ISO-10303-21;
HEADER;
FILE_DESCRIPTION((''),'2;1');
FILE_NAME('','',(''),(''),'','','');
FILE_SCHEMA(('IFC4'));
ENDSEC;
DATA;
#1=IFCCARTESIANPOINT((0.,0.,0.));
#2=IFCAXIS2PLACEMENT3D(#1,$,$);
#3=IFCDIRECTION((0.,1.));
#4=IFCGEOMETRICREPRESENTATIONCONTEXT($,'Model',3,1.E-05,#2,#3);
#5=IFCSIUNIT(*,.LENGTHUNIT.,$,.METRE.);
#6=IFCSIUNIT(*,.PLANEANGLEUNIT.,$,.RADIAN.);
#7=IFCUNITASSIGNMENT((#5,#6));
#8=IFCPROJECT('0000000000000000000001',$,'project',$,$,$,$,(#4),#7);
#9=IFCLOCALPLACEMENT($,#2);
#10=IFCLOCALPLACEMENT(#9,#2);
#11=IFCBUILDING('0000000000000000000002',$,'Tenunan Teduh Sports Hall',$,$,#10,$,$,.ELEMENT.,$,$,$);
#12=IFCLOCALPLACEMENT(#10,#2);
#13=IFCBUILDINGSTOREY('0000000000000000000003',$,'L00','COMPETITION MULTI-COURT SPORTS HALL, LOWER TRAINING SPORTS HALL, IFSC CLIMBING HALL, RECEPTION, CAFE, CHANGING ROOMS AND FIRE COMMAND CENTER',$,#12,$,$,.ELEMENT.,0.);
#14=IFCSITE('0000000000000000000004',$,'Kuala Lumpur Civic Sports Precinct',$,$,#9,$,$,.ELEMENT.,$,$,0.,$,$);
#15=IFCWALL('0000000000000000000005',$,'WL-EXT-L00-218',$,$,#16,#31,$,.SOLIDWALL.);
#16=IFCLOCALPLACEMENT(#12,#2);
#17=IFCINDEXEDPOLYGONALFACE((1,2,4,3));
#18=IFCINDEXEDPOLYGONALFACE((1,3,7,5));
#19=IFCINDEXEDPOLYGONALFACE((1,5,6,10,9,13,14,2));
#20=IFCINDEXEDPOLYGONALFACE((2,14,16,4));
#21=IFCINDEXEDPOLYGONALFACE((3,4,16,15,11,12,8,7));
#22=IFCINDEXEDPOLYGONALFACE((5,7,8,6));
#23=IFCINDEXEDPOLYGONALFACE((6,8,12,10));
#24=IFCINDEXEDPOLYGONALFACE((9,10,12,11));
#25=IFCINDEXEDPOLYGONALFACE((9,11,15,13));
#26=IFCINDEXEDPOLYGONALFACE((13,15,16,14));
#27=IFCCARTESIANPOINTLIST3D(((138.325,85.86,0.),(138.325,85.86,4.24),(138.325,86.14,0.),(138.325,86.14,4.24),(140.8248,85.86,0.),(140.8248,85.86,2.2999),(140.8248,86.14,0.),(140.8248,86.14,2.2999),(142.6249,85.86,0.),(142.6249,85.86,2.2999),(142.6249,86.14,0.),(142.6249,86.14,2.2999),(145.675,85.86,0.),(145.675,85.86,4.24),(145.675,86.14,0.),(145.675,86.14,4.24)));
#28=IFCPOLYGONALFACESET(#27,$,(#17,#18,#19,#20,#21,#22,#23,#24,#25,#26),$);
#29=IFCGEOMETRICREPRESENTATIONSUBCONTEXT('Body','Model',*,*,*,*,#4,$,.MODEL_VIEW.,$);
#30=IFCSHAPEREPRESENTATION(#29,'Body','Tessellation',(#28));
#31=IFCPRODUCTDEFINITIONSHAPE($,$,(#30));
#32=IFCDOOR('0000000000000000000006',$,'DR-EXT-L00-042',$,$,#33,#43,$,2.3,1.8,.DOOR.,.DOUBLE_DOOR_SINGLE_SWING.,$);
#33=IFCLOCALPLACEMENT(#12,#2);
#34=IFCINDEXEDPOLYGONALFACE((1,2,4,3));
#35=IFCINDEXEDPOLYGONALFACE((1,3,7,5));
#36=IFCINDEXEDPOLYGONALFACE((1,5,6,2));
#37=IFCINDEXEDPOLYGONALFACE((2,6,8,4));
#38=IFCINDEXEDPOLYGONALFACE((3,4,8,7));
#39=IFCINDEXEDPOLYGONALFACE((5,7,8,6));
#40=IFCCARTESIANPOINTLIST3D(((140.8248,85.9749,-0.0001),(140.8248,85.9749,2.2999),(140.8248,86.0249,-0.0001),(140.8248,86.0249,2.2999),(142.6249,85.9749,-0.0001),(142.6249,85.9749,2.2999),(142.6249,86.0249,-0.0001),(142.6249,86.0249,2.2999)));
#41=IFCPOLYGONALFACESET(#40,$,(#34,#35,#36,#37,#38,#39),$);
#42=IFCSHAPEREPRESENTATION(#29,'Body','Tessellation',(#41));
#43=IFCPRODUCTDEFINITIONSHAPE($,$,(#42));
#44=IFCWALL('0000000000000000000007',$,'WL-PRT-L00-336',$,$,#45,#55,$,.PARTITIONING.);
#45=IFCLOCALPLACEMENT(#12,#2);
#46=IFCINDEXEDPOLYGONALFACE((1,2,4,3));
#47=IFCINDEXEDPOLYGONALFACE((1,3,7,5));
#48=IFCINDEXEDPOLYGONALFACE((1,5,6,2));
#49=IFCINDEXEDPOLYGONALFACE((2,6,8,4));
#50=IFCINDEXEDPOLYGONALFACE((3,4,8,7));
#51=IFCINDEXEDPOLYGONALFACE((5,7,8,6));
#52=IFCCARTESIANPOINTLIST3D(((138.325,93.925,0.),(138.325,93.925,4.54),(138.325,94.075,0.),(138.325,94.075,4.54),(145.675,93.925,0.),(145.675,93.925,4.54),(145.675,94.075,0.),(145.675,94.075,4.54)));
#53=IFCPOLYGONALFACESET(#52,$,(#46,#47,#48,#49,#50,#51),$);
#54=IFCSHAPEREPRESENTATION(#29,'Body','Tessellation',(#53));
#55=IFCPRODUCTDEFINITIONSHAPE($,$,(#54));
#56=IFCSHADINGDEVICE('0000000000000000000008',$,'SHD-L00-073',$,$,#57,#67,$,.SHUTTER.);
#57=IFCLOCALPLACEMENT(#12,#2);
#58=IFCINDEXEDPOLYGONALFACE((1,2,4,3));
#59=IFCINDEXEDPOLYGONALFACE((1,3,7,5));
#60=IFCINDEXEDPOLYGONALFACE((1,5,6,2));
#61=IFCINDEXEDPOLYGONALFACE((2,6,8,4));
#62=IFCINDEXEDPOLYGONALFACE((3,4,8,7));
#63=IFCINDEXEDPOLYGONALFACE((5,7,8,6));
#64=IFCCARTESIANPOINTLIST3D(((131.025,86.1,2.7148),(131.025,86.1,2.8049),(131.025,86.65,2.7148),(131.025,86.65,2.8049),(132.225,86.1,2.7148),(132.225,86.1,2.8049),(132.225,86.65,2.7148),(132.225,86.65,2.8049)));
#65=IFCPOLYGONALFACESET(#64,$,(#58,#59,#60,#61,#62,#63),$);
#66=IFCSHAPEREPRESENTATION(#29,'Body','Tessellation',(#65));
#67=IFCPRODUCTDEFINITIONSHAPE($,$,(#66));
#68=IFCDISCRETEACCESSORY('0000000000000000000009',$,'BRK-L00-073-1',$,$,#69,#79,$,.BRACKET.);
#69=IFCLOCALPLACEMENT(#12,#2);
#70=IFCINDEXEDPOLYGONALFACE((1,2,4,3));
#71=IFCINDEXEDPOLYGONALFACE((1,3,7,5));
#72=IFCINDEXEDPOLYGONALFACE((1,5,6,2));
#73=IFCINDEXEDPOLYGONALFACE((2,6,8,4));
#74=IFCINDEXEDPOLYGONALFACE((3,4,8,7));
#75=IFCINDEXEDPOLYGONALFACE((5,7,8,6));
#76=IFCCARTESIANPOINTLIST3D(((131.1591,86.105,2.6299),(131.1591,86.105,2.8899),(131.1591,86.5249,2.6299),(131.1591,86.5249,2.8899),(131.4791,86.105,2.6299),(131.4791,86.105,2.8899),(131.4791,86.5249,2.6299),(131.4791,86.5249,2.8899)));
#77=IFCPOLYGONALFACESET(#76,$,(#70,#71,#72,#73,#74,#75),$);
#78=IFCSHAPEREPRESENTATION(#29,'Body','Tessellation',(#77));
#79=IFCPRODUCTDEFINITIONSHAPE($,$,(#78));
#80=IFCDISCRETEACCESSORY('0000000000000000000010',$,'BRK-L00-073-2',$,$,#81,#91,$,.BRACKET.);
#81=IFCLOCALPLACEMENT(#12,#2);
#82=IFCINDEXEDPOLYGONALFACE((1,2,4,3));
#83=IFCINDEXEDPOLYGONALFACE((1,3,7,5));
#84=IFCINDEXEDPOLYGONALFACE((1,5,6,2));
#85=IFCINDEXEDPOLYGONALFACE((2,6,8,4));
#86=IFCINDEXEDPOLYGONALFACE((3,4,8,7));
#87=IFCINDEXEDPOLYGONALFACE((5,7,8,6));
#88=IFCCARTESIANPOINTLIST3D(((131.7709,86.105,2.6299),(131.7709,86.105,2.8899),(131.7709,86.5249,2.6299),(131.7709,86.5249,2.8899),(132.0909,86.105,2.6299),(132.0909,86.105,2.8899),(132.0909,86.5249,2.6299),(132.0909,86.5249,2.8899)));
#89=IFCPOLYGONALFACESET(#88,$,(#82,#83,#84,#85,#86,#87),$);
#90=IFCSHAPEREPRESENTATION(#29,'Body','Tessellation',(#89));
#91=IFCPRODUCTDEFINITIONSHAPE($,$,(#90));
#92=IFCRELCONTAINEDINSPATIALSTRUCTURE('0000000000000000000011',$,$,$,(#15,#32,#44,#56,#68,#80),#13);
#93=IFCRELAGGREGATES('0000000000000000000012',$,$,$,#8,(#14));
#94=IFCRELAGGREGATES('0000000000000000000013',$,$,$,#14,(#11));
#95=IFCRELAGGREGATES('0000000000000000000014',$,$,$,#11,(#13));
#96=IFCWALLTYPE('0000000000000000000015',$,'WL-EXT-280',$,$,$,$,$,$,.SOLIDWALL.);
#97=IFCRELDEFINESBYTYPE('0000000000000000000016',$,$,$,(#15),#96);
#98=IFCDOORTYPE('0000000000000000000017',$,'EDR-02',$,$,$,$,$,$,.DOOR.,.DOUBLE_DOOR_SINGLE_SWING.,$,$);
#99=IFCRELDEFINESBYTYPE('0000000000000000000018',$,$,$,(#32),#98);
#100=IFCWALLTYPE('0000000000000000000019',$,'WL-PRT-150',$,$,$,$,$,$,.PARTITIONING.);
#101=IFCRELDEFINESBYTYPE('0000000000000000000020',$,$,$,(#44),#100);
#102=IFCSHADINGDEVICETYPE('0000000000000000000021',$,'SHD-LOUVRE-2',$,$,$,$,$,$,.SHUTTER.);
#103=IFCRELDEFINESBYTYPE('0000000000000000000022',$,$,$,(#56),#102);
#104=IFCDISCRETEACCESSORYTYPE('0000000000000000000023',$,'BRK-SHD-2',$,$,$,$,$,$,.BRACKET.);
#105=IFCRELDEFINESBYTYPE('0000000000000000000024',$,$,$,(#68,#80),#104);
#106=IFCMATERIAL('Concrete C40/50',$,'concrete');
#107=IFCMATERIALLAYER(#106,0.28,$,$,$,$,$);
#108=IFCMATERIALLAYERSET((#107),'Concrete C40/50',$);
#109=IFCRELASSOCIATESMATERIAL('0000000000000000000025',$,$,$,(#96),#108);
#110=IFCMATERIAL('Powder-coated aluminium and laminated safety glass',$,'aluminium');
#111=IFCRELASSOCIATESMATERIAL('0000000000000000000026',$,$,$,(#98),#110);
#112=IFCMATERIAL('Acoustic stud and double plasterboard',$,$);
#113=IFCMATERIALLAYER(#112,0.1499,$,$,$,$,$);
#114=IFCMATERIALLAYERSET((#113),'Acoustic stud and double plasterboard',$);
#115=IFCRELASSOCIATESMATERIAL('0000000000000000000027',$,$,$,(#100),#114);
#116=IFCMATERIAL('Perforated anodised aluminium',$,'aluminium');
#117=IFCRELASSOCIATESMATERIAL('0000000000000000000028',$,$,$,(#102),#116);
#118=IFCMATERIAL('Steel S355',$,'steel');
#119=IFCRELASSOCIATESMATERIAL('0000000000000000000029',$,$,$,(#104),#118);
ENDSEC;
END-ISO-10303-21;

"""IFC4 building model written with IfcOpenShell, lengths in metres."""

from ifc_helpers import new_model, si_unit, direction, frame, frame_2d, origin, origin_2d, place, context, subcontext, project, spatial, rectangle, extrude, material, layer, layer_set, type_object, element, fill, save


model = new_model("IFC4")

# Units and contexts
model_context = context("Model", 3, precision=1e-05, world=origin(), true_north=direction((0.0, 1.0)))
body_context = subcontext(model_context, "Body", "Model", "MODEL_VIEW")
ifc_project = project(units=[si_unit("LENGTHUNIT", "METRE"), si_unit("PLANEANGLEUNIT", "RADIAN")], contexts=[model_context])

# Site, building, storey
site_placement = place(None, origin())
site = spatial("IfcSite", under=ifc_project, at=site_placement, Name="Kuala Lumpur Civic Sports Precinct", CompositionType="ELEMENT", RefElevation=0.0)
building_placement = place(site_placement, origin())
building = spatial("IfcBuilding", under=site, at=building_placement, Name="Tenunan Teduh Sports Hall", CompositionType="ELEMENT")
storey_placement = place(building_placement, origin())
storey = spatial("IfcBuildingStorey", under=building, at=storey_placement, Name="L00", Description="COMPETITION MULTI-COURT SPORTS HALL, LOWER TRAINING SPORTS HALL, IFSC CLIMBING HALL, RECEPTION, CAFE, CHANGING ROOMS AND FIRE COMMAND CENTER", CompositionType="ELEMENT", Elevation=0.0)

# Wall, opening, door
ifc_material_1 = material(Name="Concrete C40/50", Category="concrete")
ifc_layer_1 = layer(ifc_material_1, 0.28)
ifc_layer_set_1 = layer_set([ifc_layer_1], Name="Concrete C40/50")
wall_type_1 = type_object("IfcWallType", Name="WL-EXT-280", PredefinedType="SOLIDWALL", material=ifc_layer_set_1)
wall_1_placement = place(storey_placement, frame((138.325, 86.0, 0.0), z_axis=(0.0, 0.0, 1.0), x_axis=(1.0, 0.0, 0.0)))
wall_1 = element("IfcWall", 1, at=wall_1_placement, inside=storey, type_object=wall_type_1, Name="WL-EXT-L00-218", PredefinedType="SOLIDWALL", context=body_context, shape_type="SweptSolid", body=[
    extrude(rectangle(XDim=7.3501, YDim=0.28, at=frame_2d((3.675, 0.0))), origin(), (0.0, 0.0, 1.0), 4.24),
])
opening_placement = place(wall_1_placement, frame((2.5, 0.0, 0.0)))
opening = element("IfcOpeningElement", 2, at=opening_placement, cuts=wall_1, PredefinedType="OPENING", context=body_context, shape_type="SweptSolid", body=[
    extrude(rectangle(XDim=1.8, YDim=2.3, at=frame_2d((0.8999, 1.1499))), frame((0.0, 0.1499, 0.0), z_axis=(0.0, -1.0, 0.0), x_axis=(1.0, 0.0, 0.0)), (0.0, 0.0, 1.0), 0.3),
])
ifc_material_2 = material(Name="Powder-coated aluminium and laminated safety glass", Category="aluminium")
door_type = type_object("IfcDoorType", Name="EDR-02", OperationType="DOUBLE_DOOR_SINGLE_SWING", PredefinedType="DOOR", material=ifc_material_2)
door_placement = place(opening_placement, origin())
door = element("IfcDoor", 3, at=door_placement, inside=storey, type_object=door_type, Name="DR-EXT-L00-042", OperationType="DOUBLE_DOOR_SINGLE_SWING", OverallHeight=2.3, OverallWidth=1.8, PredefinedType="DOOR", context=body_context, shape_type="SweptSolid", body=[
    extrude(rectangle(XDim=1.8, YDim=2.3, at=frame_2d((0.8999, 1.1499))), frame((0.0, 0.0249, 0.0), z_axis=(0.0, -1.0, 0.0), x_axis=(1.0, 0.0, 0.0)), (0.0, 0.0, 1.0), 0.05),
])
fill(opening, door)

# Wall
ifc_material_3 = material(Name="Acoustic stud and double plasterboard")
ifc_layer_2 = layer(ifc_material_3, 0.1499)
ifc_layer_set_2 = layer_set([ifc_layer_2], Name="Acoustic stud and double plasterboard")
wall_type_2 = type_object("IfcWallType", Name="WL-PRT-150", PredefinedType="PARTITIONING", material=ifc_layer_set_2)
wall_2_placement = place(storey_placement, frame((138.325, 94.0, 0.0), z_axis=(0.0, 0.0, 1.0), x_axis=(1.0, 0.0, 0.0)))
element("IfcWall", 4, at=wall_2_placement, inside=storey, type_object=wall_type_2, Name="WL-PRT-L00-336", PredefinedType="PARTITIONING", context=body_context, shape_type="SweptSolid", body=[
    extrude(rectangle(XDim=7.3501, YDim=0.1499, at=frame_2d((3.675, 0.0))), origin(), (0.0, 0.0, 1.0), 4.54),
])

# Shading device
ifc_material_4 = material(Name="Perforated anodised aluminium", Category="aluminium")
shading_device_type = type_object("IfcShadingDeviceType", Name="SHD-LOUVRE-2", PredefinedType="SHUTTER", material=ifc_material_4)
shading_device_placement = place(storey_placement, frame((131.625, 86.375, 2.7148), z_axis=(0.0, 0.0, 1.0), x_axis=(1.0, 0.0, 0.0)))
element("IfcShadingDevice", 5, at=shading_device_placement, inside=storey, type_object=shading_device_type, Name="SHD-L00-073", PredefinedType="SHUTTER", context=body_context, shape_type="SweptSolid", body=[
    extrude(rectangle(XDim=1.2, YDim=0.55, at=origin_2d()), origin(), (0.0, 0.0, 1.0), 0.0901),
])

# Discrete accessories
ifc_material_5 = material(Name="Steel S355", Category="steel")
discrete_accessory_type = type_object("IfcDiscreteAccessoryType", Name="BRK-SHD-2", PredefinedType="BRACKET", material=ifc_material_5)
for number, where, z_axis, x_axis, name in (
    (6, (131.3191, 86.3149, 2.6299), (0.0, 0.0, 1.0), (1.0, 0.0, 0.0), "BRK-L00-073-1"),
    (7, (131.9309, 86.3149, 2.6299), (0.0, 0.0, 1.0), (1.0, 0.0, 0.0), "BRK-L00-073-2"),
):
    element("IfcDiscreteAccessory", number, at=place(storey_placement, frame(where, z_axis=z_axis, x_axis=x_axis)), inside=storey, type_object=discrete_accessory_type, Name=name, PredefinedType="BRACKET", context=body_context, shape_type="SweptSolid", body=[
        extrude(rectangle(XDim=0.3201, YDim=0.4199, at=origin_2d()), origin(), (0.0, 0.0, 1.0), 0.26),
    ])

save(model, "model.ifc")
